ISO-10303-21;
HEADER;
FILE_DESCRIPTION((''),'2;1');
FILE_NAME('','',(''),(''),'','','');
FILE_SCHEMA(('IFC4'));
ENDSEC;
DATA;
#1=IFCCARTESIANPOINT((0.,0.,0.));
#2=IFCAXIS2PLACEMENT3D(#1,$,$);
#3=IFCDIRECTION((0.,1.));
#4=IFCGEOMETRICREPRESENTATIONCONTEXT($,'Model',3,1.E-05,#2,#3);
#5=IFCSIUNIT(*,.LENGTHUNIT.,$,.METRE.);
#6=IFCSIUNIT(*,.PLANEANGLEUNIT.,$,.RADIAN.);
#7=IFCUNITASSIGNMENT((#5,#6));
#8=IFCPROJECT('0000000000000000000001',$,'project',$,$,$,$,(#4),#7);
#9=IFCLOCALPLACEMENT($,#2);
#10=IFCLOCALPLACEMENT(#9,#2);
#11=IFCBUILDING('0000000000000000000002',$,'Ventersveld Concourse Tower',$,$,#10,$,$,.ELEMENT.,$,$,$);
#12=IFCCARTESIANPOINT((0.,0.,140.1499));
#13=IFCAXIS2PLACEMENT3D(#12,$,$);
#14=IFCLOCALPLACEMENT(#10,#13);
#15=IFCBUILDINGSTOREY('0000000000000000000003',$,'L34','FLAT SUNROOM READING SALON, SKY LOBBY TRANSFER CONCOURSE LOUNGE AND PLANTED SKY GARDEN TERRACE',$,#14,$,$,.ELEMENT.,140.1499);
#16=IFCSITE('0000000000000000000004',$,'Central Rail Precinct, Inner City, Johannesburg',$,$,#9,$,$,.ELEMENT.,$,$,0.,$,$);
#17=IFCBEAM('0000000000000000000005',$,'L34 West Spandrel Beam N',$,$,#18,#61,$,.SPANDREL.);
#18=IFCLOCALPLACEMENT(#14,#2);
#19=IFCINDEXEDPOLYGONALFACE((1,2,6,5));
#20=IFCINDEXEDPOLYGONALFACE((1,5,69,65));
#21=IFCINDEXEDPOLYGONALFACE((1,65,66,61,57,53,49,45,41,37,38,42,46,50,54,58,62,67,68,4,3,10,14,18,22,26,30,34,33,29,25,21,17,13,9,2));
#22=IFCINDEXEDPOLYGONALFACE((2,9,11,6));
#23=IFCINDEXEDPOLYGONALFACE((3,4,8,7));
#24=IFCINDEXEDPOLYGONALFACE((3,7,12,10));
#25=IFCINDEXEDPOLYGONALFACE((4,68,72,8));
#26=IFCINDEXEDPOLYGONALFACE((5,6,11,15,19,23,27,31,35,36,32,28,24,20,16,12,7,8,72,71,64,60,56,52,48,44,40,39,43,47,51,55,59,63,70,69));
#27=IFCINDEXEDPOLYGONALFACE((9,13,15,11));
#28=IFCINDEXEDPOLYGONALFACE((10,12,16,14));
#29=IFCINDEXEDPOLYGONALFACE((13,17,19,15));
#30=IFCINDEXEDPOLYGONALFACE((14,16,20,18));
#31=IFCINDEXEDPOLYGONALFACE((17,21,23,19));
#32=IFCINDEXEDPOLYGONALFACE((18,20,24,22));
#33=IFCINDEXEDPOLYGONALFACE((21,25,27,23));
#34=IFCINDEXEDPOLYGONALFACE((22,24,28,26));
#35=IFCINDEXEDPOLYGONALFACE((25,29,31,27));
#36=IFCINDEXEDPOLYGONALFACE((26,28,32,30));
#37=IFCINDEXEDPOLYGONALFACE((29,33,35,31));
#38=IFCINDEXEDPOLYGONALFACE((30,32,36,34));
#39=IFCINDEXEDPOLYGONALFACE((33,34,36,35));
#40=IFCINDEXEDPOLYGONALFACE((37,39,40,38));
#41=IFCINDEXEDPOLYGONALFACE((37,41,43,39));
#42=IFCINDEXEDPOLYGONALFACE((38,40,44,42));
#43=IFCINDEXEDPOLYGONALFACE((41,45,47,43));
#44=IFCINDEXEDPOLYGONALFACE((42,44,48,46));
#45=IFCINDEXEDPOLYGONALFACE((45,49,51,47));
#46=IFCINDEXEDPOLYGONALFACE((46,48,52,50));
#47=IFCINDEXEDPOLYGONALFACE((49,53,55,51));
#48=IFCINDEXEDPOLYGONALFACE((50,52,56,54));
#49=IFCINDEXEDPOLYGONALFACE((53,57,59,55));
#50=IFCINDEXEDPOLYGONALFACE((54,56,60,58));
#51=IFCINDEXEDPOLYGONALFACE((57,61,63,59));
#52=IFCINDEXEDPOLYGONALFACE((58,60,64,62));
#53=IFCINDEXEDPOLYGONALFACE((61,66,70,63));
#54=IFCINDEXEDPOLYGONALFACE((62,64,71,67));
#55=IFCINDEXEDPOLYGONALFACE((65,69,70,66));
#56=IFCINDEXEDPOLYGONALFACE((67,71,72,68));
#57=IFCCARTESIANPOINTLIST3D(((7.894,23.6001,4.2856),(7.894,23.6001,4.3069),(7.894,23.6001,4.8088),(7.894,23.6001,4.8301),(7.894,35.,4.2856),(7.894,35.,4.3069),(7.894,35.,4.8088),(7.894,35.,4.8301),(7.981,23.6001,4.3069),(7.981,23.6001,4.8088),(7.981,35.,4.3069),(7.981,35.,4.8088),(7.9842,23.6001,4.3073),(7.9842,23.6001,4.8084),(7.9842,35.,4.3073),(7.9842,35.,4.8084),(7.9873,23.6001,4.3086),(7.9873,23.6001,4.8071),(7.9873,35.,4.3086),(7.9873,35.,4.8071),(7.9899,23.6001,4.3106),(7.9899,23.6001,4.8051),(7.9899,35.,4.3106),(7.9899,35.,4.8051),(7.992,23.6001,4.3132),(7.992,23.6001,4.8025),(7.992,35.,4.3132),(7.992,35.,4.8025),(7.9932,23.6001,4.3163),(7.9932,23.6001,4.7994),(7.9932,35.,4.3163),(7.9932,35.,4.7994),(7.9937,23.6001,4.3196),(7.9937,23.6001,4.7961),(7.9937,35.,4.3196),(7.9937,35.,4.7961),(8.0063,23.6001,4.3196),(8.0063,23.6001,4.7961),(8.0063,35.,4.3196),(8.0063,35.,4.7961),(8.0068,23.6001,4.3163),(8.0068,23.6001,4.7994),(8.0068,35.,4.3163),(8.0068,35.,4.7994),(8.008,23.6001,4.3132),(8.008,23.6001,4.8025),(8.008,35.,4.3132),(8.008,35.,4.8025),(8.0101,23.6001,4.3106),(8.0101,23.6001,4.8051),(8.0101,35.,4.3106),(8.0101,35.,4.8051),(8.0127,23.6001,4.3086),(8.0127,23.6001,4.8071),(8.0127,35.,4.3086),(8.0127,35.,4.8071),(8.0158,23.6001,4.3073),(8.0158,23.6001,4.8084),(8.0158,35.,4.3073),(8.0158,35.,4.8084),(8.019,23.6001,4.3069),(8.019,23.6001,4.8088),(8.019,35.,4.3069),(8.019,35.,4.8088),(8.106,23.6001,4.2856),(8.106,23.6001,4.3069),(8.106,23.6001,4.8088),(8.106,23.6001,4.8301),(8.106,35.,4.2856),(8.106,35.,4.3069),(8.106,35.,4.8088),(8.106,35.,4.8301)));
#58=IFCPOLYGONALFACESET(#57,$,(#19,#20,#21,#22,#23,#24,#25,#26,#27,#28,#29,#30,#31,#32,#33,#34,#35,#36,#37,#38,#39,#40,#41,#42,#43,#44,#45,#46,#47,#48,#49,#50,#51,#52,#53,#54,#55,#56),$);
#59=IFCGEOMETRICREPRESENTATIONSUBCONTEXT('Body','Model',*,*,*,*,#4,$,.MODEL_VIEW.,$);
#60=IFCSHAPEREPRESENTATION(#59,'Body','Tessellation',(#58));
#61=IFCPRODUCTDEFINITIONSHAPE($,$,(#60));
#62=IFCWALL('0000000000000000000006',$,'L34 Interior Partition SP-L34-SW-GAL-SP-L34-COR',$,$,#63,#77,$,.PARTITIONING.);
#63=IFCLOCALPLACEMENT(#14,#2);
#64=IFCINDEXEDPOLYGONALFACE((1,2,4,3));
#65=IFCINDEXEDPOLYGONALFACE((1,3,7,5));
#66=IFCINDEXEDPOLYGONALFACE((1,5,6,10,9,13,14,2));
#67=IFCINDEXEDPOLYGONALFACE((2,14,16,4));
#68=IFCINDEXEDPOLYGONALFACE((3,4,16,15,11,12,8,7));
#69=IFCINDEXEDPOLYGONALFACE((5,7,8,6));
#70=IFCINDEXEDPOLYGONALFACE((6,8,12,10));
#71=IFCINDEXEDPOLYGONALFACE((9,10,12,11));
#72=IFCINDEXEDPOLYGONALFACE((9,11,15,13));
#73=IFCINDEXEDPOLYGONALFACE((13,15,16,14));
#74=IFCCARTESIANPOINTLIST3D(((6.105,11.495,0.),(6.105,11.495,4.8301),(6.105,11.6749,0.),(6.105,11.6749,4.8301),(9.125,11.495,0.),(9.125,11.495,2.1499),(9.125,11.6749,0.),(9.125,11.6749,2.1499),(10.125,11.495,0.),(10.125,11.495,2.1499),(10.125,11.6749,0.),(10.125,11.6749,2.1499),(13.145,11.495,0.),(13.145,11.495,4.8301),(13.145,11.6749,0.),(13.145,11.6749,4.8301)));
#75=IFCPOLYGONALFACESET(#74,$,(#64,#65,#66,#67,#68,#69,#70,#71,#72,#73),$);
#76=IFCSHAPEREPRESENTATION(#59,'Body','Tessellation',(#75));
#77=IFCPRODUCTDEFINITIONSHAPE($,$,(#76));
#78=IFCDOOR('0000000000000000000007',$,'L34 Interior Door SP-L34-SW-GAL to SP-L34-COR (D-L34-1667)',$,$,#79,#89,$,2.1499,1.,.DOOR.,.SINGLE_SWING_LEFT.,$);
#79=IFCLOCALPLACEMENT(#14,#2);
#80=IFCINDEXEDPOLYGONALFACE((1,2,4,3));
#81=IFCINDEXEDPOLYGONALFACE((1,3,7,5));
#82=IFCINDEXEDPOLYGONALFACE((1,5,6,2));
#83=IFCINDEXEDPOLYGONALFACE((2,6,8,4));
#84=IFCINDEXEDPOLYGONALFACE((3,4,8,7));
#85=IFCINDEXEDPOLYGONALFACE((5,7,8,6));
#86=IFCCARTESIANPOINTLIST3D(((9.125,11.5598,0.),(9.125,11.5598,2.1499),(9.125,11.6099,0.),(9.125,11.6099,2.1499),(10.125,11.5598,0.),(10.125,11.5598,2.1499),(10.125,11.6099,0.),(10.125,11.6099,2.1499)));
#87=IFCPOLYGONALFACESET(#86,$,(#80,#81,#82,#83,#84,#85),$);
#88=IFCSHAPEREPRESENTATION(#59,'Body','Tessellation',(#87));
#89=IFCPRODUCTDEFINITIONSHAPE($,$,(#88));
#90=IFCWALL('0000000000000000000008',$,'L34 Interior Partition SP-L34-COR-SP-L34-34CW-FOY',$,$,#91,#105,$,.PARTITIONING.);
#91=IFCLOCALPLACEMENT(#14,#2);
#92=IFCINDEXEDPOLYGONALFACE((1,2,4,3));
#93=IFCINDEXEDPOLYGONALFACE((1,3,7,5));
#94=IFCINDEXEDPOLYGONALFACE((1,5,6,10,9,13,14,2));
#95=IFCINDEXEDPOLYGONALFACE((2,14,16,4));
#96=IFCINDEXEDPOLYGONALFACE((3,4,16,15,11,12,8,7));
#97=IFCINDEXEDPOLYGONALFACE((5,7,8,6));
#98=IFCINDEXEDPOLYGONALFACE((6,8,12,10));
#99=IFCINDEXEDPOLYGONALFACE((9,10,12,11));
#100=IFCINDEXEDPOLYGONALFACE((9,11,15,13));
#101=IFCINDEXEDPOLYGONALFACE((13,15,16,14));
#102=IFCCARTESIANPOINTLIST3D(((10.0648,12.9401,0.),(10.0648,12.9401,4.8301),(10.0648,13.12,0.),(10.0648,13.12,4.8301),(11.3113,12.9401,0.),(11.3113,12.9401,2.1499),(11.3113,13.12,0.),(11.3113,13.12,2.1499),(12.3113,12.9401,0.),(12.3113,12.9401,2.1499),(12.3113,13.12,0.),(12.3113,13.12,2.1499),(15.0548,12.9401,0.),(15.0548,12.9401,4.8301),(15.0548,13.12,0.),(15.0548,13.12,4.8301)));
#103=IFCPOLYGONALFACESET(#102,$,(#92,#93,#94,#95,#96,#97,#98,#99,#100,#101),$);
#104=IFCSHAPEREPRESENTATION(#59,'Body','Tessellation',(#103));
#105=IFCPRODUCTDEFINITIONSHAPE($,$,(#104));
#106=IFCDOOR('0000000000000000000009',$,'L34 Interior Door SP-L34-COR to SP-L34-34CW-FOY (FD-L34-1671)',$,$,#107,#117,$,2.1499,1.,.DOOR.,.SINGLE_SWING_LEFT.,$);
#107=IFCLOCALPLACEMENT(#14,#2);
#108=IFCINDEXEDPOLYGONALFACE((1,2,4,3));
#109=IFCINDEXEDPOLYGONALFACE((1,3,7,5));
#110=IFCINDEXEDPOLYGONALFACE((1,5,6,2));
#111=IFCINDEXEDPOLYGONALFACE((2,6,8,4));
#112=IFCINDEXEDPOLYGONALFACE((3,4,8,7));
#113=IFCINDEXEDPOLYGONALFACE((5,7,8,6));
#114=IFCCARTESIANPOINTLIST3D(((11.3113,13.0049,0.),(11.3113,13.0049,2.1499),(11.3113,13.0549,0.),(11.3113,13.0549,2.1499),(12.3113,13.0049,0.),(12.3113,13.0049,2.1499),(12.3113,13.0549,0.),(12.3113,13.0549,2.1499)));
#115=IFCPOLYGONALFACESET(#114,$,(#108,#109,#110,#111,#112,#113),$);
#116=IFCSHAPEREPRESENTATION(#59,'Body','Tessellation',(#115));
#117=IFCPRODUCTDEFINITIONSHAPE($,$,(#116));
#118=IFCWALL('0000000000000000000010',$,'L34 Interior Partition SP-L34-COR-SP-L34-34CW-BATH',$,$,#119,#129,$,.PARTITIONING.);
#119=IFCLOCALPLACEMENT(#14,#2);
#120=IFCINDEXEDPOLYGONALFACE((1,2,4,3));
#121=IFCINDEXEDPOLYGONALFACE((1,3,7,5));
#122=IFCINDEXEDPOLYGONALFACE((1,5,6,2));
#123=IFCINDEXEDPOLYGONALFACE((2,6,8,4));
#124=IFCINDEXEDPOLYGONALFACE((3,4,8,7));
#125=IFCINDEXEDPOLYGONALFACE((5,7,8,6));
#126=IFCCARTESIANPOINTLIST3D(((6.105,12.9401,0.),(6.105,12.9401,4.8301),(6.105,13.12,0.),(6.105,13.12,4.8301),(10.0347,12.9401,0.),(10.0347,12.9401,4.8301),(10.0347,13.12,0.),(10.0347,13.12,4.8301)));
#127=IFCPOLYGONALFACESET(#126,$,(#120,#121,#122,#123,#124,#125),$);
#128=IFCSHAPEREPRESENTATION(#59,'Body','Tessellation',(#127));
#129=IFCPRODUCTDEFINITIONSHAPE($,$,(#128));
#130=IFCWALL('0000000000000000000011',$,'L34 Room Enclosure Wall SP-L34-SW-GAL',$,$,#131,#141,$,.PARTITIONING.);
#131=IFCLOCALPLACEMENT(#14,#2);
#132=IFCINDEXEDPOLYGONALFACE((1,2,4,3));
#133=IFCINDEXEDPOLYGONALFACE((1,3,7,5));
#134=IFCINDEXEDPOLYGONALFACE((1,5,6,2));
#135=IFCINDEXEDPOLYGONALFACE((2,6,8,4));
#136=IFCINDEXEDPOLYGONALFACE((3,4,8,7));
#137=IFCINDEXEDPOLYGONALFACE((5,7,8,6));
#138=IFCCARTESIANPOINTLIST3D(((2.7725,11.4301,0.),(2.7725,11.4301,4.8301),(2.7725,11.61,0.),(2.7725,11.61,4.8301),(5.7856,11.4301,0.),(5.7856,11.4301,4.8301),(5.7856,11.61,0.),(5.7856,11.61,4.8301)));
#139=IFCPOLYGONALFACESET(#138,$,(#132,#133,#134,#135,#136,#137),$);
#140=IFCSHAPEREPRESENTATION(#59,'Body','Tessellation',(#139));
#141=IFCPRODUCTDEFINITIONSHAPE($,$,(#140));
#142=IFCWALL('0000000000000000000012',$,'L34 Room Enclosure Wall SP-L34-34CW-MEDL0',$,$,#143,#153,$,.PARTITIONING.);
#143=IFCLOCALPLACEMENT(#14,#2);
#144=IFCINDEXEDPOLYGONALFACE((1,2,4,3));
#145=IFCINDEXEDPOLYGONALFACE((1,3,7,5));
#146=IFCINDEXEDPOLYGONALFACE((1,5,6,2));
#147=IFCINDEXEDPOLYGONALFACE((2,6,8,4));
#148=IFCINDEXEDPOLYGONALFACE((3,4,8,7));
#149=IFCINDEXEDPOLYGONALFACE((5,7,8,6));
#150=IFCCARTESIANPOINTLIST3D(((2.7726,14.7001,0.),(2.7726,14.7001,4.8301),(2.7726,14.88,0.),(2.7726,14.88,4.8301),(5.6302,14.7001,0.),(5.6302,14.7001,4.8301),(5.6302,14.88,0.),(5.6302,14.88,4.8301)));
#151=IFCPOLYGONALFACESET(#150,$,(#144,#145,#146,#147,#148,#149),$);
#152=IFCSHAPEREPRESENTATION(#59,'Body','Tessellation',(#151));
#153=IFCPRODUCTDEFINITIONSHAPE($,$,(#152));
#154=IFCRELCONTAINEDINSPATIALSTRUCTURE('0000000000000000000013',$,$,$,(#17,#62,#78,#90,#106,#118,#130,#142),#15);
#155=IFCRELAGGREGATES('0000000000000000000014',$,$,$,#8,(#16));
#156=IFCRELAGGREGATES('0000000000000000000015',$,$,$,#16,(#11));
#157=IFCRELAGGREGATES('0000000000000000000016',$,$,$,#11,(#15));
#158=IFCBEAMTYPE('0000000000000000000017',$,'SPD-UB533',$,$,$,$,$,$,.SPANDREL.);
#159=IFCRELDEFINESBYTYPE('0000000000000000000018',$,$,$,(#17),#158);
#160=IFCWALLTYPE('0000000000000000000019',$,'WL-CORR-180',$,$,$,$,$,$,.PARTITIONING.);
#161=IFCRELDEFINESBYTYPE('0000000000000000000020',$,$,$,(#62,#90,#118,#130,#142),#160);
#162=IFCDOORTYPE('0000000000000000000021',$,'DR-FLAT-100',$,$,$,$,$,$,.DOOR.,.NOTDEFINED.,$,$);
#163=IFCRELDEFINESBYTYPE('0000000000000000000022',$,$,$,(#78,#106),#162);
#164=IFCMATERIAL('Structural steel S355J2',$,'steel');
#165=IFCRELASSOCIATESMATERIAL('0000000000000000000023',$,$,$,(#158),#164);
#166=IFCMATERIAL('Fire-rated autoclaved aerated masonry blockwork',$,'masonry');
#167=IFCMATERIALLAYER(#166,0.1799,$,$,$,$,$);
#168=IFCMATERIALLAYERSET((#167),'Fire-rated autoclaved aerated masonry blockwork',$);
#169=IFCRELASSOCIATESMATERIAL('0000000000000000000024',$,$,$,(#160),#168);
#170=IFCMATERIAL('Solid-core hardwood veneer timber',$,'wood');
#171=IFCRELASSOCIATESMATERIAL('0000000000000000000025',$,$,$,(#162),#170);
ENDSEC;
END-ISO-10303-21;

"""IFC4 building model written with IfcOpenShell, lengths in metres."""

from ifc_helpers import new_model, si_unit, direction, frame, frame_2d, origin, origin_2d, place, context, subcontext, project, spatial, rectangle, i_section, extrude, material, layer, layer_set, material_profile, profile_set, type_object, element, fill, save


model = new_model("IFC4")

# Units and contexts
model_context = context("Model", 3, precision=1e-05, world=origin(), true_north=direction((0.0, 1.0)))
body_context = subcontext(model_context, "Body", "Model", "MODEL_VIEW")
ifc_project = project(units=[si_unit("LENGTHUNIT", "METRE"), si_unit("PLANEANGLEUNIT", "RADIAN")], contexts=[model_context])

# Site, building, storey
site_placement = place(None, origin())
site = spatial("IfcSite", under=ifc_project, at=site_placement, Name="Central Rail Precinct, Inner City, Johannesburg", CompositionType="ELEMENT", RefElevation=0.0)
building_placement = place(site_placement, origin())
building = spatial("IfcBuilding", under=site, at=building_placement, Name="Ventersveld Concourse Tower", CompositionType="ELEMENT")
storey_placement = place(building_placement, frame((0.0, 0.0, 140.1499)))
storey = spatial("IfcBuildingStorey", under=building, at=storey_placement, Name="L34", Description="FLAT SUNROOM READING SALON, SKY LOBBY TRANSFER CONCOURSE LOUNGE AND PLANTED SKY GARDEN TERRACE", CompositionType="ELEMENT", Elevation=140.1499)

# Beam
ifc_material_1 = material(Name="Structural steel S355J2", Category="steel")
ifc_material_profile_1 = material_profile(ifc_material_1, i_section(OverallWidth=0.2119, OverallDepth=0.5444, WebThickness=0.0127, FlangeThickness=0.0212, FilletRadius=0.0127, at=origin_2d()), Name="UB 533x210x122")
ifc_profile_set_1 = profile_set([ifc_material_profile_1], Name="Structural steel S355J2")
beam_type_1 = type_object("IfcBeamType", Name="SPD-UB533", PredefinedType="SPANDREL", material=ifc_profile_set_1)
beam_1_placement = place(storey_placement, frame((8.0, 23.6001, 4.5579), z_axis=(0.0, 1.0, 0.0), x_axis=(-1.0, 0.0, 0.0)))
element("IfcBeam", 1, at=beam_1_placement, inside=storey, type_object=beam_type_1, Name="L34 West Spandrel Beam N", PredefinedType="SPANDREL", context=body_context, shape_type="SweptSolid", body=[
    extrude(i_section(OverallWidth=0.2119, OverallDepth=0.5444, WebThickness=0.0127, FlangeThickness=0.0212, FilletRadius=0.0127, at=origin_2d()), origin(), (0.0, 0.0, 1.0), 11.3999),
])

# Walls, openings, doors
ifc_material_2 = material(Name="Fire-rated autoclaved aerated masonry blockwork", Category="masonry")
ifc_layer_1 = layer(ifc_material_2, 0.1799)
ifc_layer_set_1 = layer_set([ifc_layer_1], Name="Fire-rated autoclaved aerated masonry blockwork")
wall_type_1 = type_object("IfcWallType", Name="WL-CORR-180", PredefinedType="PARTITIONING", material=ifc_layer_set_1)
wall_1_placement = place(storey_placement, frame((6.105, 11.585, 0.0), z_axis=(0.0, 0.0, 1.0), x_axis=(1.0, 0.0, 0.0)))
wall_1 = element("IfcWall", 2, at=wall_1_placement, inside=storey, type_object=wall_type_1, Name="L34 Interior Partition SP-L34-SW-GAL-SP-L34-COR", PredefinedType="PARTITIONING", context=body_context, shape_type="SweptSolid", body=[
    extrude(rectangle(XDim=7.04, YDim=0.1799, at=frame_2d((3.52, 0.0))), origin(), (0.0, 0.0, 1.0), 4.8301),
])
opening_1_placement = place(wall_1_placement, frame((3.02, 0.0, 0.0)))
opening_1 = element("IfcOpeningElement", 3, at=opening_1_placement, cuts=wall_1, PredefinedType="OPENING", context=body_context, shape_type="SweptSolid", body=[
    extrude(rectangle(XDim=1.0, YDim=2.1499, at=frame_2d((0.5, 1.075))), frame((0.0, 0.1001, 0.0), z_axis=(0.0, -1.0, 0.0), x_axis=(1.0, 0.0, 0.0)), (0.0, 0.0, 1.0), 0.2),
])
ifc_material_3 = material(Name="Solid-core hardwood veneer timber", Category="wood")
door_type_1 = type_object("IfcDoorType", Name="DR-FLAT-100", OperationType="NOTDEFINED", PredefinedType="DOOR", material=ifc_material_3)
door_1_placement = place(opening_1_placement, origin())
door_1 = element("IfcDoor", 4, at=door_1_placement, inside=storey, type_object=door_type_1, Name="L34 Interior Door SP-L34-SW-GAL to SP-L34-COR (D-L34-1667)", OperationType="SINGLE_SWING_LEFT", OverallHeight=2.1499, OverallWidth=1.0, PredefinedType="DOOR", context=body_context, shape_type="SweptSolid", body=[
    extrude(rectangle(XDim=1.0, YDim=2.1499, at=frame_2d((0.5, 1.075))), frame((0.0, 0.0249, 0.0), z_axis=(0.0, -1.0, 0.0), x_axis=(1.0, 0.0, 0.0)), (0.0, 0.0, 1.0), 0.05),
])
fill(opening_1, door_1)
wall_2_placement = place(storey_placement, frame((10.0647, 13.03, 0.0), z_axis=(0.0, 0.0, 1.0), x_axis=(1.0, 0.0, 0.0)))
wall_2 = element("IfcWall", 5, at=wall_2_placement, inside=storey, type_object=wall_type_1, Name="L34 Interior Partition SP-L34-COR-SP-L34-34CW-FOY", PredefinedType="PARTITIONING", context=body_context, shape_type="SweptSolid", body=[
    extrude(rectangle(XDim=4.99, YDim=0.1799, at=frame_2d((2.4951, 0.0))), origin(), (0.0, 0.0, 1.0), 4.8301),
])
opening_2_placement = place(wall_2_placement, frame((1.2466, 0.0, 0.0)))
opening_2 = element("IfcOpeningElement", 6, at=opening_2_placement, cuts=wall_2, PredefinedType="OPENING", context=body_context, shape_type="SweptSolid", body=[
    extrude(rectangle(XDim=1.0, YDim=2.1499, at=frame_2d((0.5, 1.075))), frame((0.0, 0.1001, 0.0), z_axis=(0.0, -1.0, 0.0), x_axis=(1.0, 0.0, 0.0)), (0.0, 0.0, 1.0), 0.2),
])
door_2_placement = place(opening_2_placement, origin())
door_2 = element("IfcDoor", 7, at=door_2_placement, inside=storey, type_object=door_type_1, Name="L34 Interior Door SP-L34-COR to SP-L34-34CW-FOY (FD-L34-1671)", OperationType="SINGLE_SWING_LEFT", OverallHeight=2.1499, OverallWidth=1.0, PredefinedType="DOOR", context=body_context, shape_type="SweptSolid", body=[
    extrude(rectangle(XDim=1.0, YDim=2.1499, at=frame_2d((0.5, 1.075))), frame((0.0, 0.0249, 0.0), z_axis=(0.0, -1.0, 0.0), x_axis=(1.0, 0.0, 0.0)), (0.0, 0.0, 1.0), 0.05),
])
fill(opening_2, door_2)

# Walls
wall_3_placement = place(storey_placement, frame((6.105, 13.03, 0.0), z_axis=(0.0, 0.0, 1.0), x_axis=(1.0, 0.0, 0.0)))
element("IfcWall", 8, at=wall_3_placement, inside=storey, type_object=wall_type_1, Name="L34 Interior Partition SP-L34-COR-SP-L34-34CW-BATH", PredefinedType="PARTITIONING", context=body_context, shape_type="SweptSolid", body=[
    extrude(rectangle(XDim=3.9297, YDim=0.1799, at=frame_2d((1.9648, 0.0))), origin(), (0.0, 0.0, 1.0), 4.8301),
])
wall_4_placement = place(storey_placement, frame((2.7725, 11.52, 0.0), z_axis=(0.0, 0.0, 1.0), x_axis=(1.0, 0.0, 0.0)))
element("IfcWall", 9, at=wall_4_placement, inside=storey, type_object=wall_type_1, Name="L34 Room Enclosure Wall SP-L34-SW-GAL", PredefinedType="PARTITIONING", context=body_context, shape_type="SweptSolid", body=[
    extrude(rectangle(XDim=3.0132, YDim=0.1799, at=frame_2d((1.5066, 0.0))), origin(), (0.0, 0.0, 1.0), 4.8301),
])
wall_5_placement = place(storey_placement, frame((5.6301, 14.79, 0.0), z_axis=(0.0, 0.0, 1.0), x_axis=(-1.0, 0.0, 0.0)))
element("IfcWall", 10, at=wall_5_placement, inside=storey, type_object=wall_type_1, Name="L34 Room Enclosure Wall SP-L34-34CW-MEDL0", PredefinedType="PARTITIONING", context=body_context, shape_type="SweptSolid", body=[
    extrude(rectangle(XDim=2.8577, YDim=0.1799, at=frame_2d((1.4287, 0.0))), origin(), (0.0, 0.0, 1.0), 4.8301),
])

save(model, "model.ifc")
